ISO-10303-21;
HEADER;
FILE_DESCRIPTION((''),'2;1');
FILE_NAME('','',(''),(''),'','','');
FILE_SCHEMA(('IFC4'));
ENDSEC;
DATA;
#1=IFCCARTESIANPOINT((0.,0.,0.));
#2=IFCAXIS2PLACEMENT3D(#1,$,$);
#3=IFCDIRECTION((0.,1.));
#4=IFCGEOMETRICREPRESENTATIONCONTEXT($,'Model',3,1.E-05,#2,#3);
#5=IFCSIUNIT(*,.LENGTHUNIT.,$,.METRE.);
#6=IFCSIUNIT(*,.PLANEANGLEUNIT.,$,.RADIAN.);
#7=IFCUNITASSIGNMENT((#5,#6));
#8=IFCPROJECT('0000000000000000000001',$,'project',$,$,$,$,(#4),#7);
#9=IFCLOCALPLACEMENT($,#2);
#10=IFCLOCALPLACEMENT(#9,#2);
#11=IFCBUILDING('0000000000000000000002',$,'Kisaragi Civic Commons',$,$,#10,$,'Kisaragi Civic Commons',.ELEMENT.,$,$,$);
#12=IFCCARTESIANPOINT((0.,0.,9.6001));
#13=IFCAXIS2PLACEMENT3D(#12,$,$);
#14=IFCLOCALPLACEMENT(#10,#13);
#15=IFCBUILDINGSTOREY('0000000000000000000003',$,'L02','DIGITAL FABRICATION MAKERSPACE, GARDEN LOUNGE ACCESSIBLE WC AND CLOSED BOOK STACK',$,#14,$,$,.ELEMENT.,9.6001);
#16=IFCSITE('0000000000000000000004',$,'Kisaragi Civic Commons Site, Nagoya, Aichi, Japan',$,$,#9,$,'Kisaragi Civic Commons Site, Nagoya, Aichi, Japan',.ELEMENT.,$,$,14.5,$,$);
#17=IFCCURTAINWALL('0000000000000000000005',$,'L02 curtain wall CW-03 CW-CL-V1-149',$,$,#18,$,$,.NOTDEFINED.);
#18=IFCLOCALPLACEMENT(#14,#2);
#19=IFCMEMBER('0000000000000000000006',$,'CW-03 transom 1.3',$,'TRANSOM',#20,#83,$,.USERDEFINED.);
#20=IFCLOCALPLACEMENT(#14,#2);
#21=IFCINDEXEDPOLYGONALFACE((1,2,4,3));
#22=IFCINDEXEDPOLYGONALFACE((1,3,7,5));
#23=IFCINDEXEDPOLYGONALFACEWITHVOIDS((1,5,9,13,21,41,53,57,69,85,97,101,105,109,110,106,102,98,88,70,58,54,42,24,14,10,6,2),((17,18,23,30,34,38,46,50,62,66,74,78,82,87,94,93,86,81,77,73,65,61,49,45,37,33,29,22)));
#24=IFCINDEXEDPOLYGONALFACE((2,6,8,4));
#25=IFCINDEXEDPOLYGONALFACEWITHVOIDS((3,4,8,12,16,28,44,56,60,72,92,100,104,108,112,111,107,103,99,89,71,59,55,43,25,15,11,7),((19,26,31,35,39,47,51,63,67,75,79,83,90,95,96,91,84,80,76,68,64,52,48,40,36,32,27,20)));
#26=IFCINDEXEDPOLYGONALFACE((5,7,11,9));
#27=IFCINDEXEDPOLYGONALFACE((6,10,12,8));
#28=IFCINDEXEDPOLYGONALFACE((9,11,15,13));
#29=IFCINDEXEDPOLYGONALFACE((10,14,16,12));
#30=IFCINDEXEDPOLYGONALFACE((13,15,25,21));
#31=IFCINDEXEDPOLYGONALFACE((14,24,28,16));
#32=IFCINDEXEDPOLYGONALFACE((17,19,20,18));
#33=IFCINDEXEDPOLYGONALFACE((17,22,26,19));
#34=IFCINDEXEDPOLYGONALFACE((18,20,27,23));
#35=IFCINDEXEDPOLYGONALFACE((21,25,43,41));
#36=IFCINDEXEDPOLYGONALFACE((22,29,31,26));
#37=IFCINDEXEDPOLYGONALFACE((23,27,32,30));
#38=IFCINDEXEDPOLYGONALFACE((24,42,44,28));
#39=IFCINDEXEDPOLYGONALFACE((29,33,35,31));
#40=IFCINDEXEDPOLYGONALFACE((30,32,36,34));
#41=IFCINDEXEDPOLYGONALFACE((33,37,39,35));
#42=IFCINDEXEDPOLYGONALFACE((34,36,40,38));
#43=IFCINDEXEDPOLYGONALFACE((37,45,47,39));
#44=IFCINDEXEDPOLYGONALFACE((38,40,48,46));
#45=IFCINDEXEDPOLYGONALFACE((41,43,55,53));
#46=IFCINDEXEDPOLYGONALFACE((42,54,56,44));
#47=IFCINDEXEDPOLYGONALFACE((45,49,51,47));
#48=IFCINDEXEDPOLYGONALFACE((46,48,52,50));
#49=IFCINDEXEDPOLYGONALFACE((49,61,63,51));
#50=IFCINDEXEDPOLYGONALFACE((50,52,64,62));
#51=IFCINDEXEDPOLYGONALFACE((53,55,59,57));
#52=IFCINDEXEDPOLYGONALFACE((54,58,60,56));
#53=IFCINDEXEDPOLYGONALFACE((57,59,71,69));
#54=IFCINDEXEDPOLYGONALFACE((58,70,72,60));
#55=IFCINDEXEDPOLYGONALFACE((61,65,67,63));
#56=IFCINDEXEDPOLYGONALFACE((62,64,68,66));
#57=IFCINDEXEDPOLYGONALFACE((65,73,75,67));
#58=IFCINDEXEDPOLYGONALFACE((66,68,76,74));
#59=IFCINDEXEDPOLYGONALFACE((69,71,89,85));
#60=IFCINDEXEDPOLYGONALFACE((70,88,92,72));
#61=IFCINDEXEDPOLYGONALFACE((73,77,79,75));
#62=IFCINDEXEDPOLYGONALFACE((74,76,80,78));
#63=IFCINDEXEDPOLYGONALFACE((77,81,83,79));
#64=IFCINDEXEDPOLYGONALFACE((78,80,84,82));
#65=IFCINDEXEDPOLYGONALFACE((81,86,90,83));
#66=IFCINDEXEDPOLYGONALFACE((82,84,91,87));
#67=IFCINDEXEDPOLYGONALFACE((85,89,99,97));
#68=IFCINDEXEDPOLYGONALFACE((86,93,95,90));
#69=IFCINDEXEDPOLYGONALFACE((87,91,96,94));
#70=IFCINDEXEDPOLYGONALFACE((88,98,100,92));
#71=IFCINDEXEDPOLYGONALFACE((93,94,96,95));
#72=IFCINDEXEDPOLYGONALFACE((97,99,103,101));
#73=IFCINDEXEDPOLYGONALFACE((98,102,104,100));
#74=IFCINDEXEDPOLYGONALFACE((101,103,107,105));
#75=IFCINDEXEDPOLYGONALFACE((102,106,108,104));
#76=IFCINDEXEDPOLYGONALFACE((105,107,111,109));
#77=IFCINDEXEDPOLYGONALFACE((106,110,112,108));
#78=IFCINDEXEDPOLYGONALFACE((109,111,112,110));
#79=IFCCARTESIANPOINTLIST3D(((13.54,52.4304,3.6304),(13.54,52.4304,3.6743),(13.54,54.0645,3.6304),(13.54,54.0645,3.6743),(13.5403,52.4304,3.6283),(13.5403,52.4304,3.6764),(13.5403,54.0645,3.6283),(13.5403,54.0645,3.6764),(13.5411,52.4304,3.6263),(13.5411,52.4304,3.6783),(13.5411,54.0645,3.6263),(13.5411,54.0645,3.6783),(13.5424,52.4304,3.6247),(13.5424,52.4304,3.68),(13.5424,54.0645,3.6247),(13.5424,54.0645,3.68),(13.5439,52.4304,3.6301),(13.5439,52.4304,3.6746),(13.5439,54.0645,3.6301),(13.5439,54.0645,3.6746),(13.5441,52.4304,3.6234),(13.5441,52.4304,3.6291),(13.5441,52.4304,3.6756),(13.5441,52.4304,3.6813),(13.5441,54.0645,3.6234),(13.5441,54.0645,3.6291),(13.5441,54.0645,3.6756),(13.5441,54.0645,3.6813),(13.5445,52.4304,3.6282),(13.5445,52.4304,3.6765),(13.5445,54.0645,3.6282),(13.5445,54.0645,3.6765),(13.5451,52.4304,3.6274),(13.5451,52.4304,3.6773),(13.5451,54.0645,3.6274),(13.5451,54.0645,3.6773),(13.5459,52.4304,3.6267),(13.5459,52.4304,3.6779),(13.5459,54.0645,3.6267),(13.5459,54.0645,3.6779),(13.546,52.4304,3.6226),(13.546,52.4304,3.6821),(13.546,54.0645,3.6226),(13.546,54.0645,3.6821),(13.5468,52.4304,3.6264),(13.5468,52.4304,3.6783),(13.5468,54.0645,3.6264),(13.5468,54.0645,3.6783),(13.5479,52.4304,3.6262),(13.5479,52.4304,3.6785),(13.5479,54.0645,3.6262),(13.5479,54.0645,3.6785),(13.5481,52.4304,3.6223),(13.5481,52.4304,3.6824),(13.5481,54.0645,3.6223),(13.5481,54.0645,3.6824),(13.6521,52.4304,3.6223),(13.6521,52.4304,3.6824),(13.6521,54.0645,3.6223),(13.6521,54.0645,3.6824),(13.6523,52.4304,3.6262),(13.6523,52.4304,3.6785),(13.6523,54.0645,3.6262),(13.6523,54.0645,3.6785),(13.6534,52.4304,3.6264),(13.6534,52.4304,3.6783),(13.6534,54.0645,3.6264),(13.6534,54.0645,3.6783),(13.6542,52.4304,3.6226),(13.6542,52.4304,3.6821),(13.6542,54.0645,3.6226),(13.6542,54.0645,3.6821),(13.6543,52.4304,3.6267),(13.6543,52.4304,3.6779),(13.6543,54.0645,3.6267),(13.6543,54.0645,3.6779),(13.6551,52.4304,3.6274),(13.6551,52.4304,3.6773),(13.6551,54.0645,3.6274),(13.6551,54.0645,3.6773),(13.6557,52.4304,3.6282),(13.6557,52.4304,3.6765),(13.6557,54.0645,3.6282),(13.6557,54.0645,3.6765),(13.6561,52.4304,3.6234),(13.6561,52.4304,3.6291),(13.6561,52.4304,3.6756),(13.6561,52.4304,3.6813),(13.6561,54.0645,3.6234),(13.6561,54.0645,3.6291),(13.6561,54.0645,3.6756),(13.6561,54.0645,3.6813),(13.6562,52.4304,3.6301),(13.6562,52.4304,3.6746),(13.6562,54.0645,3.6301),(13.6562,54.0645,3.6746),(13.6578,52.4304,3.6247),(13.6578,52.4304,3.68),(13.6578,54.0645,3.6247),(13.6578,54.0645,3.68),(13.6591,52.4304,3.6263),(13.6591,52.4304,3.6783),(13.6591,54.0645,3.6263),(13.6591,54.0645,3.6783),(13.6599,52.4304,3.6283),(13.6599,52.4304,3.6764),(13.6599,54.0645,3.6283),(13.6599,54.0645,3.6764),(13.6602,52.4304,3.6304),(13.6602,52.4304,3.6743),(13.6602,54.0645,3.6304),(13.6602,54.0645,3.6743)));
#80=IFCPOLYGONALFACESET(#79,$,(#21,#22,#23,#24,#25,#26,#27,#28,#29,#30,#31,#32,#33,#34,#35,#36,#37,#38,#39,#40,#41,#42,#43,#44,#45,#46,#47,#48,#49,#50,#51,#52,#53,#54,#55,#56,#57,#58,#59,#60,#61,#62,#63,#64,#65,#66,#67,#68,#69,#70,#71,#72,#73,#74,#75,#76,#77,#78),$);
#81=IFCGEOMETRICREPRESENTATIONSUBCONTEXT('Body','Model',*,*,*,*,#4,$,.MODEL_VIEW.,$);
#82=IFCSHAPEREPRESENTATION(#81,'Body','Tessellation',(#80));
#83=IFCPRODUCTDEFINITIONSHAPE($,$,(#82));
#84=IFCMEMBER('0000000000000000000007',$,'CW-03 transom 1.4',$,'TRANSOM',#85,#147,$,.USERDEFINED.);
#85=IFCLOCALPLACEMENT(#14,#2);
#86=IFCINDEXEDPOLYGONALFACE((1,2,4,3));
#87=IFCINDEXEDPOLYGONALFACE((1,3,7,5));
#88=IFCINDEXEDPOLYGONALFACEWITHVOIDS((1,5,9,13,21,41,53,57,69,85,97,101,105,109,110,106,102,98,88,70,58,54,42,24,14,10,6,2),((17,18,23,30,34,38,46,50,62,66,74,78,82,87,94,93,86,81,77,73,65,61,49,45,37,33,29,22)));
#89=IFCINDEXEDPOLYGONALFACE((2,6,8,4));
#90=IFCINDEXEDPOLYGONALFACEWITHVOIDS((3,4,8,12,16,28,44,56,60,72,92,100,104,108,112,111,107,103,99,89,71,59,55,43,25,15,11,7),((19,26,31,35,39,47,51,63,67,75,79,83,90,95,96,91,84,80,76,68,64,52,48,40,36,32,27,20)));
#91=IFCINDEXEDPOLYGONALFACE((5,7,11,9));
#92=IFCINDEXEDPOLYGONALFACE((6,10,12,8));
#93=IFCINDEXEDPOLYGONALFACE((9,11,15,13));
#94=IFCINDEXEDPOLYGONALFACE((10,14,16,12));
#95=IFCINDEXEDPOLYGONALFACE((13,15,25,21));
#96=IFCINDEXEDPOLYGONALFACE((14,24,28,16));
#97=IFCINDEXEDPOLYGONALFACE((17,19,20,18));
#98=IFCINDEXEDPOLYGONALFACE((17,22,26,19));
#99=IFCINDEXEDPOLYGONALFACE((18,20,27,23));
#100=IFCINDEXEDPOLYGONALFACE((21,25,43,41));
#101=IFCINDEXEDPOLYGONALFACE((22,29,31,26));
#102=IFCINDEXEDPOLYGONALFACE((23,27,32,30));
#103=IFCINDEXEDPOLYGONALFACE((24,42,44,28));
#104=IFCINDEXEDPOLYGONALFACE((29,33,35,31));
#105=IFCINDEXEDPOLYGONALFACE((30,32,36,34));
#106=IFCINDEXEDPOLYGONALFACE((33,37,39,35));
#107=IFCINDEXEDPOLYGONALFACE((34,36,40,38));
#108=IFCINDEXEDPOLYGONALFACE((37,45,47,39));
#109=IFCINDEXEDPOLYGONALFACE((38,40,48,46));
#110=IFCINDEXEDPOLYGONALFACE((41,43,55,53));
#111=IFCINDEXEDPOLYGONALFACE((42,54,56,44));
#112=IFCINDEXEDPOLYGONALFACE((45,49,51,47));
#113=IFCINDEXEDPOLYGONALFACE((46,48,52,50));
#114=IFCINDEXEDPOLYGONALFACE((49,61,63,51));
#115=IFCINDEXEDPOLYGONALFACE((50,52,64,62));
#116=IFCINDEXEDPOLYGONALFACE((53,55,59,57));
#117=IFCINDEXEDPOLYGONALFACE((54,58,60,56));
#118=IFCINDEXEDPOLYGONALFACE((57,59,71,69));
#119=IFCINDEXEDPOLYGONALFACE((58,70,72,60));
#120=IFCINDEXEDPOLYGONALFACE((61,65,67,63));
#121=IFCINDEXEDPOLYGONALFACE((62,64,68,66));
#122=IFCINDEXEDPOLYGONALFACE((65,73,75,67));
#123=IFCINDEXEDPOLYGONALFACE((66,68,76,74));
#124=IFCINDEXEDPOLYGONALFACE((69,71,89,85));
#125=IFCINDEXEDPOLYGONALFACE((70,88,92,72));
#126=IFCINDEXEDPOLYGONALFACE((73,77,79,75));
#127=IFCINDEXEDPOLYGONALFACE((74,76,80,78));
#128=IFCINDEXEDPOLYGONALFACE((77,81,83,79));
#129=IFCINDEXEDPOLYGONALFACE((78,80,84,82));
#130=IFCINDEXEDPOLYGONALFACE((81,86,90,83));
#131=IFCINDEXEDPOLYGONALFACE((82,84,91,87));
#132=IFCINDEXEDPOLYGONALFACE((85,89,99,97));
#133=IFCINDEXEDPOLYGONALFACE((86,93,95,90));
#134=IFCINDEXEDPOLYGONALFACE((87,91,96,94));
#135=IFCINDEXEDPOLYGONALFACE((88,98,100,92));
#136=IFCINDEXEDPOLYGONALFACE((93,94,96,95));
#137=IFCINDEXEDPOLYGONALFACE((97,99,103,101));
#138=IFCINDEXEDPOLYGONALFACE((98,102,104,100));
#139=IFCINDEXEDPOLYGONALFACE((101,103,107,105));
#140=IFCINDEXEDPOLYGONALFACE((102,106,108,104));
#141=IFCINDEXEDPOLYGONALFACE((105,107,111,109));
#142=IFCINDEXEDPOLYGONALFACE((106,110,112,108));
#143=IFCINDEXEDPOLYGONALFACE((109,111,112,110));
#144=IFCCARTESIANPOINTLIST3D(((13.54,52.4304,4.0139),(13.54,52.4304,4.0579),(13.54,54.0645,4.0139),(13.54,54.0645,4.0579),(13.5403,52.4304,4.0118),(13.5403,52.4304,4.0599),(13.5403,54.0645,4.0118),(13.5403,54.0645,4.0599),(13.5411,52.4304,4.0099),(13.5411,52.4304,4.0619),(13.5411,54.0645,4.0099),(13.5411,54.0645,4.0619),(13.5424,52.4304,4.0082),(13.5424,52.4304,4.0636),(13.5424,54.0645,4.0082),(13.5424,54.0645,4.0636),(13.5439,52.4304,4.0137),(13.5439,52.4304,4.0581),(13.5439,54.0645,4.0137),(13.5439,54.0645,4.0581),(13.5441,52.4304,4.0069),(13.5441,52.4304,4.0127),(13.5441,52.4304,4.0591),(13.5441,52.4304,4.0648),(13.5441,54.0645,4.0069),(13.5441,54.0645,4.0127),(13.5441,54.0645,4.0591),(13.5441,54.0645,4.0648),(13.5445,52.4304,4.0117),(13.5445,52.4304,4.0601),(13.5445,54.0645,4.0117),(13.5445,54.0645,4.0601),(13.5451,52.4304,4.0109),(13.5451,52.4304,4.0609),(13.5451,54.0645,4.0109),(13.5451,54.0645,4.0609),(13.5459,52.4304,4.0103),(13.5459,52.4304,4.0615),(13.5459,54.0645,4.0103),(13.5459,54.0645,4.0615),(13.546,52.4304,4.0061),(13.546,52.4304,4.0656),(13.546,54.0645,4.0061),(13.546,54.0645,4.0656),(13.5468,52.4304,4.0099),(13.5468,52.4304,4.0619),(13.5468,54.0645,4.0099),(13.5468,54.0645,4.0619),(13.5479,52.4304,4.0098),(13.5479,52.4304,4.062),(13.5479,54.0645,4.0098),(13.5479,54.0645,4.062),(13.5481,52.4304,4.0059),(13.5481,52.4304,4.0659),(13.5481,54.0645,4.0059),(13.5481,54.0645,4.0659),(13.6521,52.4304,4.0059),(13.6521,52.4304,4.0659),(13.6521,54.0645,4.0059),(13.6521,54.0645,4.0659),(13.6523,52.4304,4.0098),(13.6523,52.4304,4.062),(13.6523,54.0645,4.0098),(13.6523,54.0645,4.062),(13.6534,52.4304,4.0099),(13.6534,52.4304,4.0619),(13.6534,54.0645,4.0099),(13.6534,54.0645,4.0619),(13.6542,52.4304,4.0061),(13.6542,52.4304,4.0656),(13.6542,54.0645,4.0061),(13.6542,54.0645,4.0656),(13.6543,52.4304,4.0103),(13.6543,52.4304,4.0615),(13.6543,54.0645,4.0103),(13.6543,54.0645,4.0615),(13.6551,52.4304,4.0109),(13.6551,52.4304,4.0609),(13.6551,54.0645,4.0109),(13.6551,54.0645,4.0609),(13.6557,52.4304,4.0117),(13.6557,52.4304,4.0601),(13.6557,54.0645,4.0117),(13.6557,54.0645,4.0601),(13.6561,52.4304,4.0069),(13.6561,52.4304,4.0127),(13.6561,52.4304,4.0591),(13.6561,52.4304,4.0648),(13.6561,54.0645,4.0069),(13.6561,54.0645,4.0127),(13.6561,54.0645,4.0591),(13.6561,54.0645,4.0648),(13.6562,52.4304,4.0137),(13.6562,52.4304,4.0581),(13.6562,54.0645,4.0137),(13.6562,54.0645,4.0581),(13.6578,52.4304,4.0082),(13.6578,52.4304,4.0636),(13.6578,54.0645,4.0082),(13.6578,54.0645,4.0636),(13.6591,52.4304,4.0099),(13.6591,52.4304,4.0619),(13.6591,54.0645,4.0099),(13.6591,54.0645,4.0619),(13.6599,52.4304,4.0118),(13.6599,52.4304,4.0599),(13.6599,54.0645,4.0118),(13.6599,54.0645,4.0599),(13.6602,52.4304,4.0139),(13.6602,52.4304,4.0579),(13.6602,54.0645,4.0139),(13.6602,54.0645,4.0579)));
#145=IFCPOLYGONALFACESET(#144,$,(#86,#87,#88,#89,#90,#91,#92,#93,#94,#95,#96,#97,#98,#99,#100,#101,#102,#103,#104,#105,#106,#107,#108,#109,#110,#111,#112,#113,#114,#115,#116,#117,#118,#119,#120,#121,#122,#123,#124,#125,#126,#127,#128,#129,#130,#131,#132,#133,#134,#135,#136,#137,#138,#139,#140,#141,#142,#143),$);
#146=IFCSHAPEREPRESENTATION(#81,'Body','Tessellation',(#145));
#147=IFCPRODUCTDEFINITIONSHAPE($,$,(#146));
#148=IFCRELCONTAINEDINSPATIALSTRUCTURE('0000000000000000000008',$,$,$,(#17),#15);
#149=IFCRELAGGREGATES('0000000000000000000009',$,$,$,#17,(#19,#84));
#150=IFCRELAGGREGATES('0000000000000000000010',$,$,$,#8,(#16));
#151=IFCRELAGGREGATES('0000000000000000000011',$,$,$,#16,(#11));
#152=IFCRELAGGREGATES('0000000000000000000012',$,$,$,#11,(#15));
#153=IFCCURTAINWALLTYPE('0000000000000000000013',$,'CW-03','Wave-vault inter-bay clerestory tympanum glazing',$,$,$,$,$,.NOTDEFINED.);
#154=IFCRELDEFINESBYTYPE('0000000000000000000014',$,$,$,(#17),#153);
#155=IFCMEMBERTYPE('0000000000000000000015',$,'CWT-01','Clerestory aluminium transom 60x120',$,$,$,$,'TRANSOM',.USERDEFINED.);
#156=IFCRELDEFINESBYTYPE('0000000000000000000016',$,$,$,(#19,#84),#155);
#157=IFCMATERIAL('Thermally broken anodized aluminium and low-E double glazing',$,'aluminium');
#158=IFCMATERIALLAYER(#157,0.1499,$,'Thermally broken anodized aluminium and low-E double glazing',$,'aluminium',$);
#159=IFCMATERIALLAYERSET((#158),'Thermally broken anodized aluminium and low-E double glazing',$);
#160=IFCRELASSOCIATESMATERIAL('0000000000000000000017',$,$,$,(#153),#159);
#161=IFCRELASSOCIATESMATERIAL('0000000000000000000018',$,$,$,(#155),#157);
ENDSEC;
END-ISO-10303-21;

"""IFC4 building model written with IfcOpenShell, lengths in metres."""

from ifc_helpers import new_model, si_unit, direction, frame, origin, origin_2d, place, context, subcontext, project, spatial, hollow_rectangle, extrude, material, layer, layer_set, material_profile, profile_set, type_object, element, aggregate, save


model = new_model("IFC4")

# Units and contexts
model_context = context("Model", 3, precision=1e-05, world=origin(), true_north=direction((0.0, 1.0)))
body_context = subcontext(model_context, "Body", "Model", "MODEL_VIEW")
ifc_project = project(units=[si_unit("LENGTHUNIT", "METRE"), si_unit("PLANEANGLEUNIT", "RADIAN")], contexts=[model_context])

# Site, building, storey
site_placement = place(None, origin())
site = spatial("IfcSite", under=ifc_project, at=site_placement, Name="Kisaragi Civic Commons Site, Nagoya, Aichi, Japan", LongName="Kisaragi Civic Commons Site, Nagoya, Aichi, Japan", CompositionType="ELEMENT", RefElevation=14.5)
building_placement = place(site_placement, origin())
building = spatial("IfcBuilding", under=site, at=building_placement, Name="Kisaragi Civic Commons", LongName="Kisaragi Civic Commons", CompositionType="ELEMENT")
storey_placement = place(building_placement, frame((0.0, 0.0, 9.6001)))
storey = spatial("IfcBuildingStorey", under=building, at=storey_placement, Name="L02", Description="DIGITAL FABRICATION MAKERSPACE, GARDEN LOUNGE ACCESSIBLE WC AND CLOSED BOOK STACK", CompositionType="ELEMENT", Elevation=9.6001)

# Curtain wall
ifc_material_1 = material(Name="Thermally broken anodized aluminium and low-E double glazing", Category="aluminium")
ifc_layer_1 = layer(ifc_material_1, 0.1499, Name="Thermally broken anodized aluminium and low-E double glazing", Category="aluminium")
ifc_layer_set_1 = layer_set([ifc_layer_1], Name="Thermally broken anodized aluminium and low-E double glazing")
curtain_wall_type = type_object("IfcCurtainWallType", Name="CW-03", Description="Wave-vault inter-bay clerestory tympanum glazing", PredefinedType="NOTDEFINED", material=ifc_layer_set_1)
curtain_wall_1_placement = place(storey_placement, origin())
curtain_wall_1 = element("IfcCurtainWall", 1, at=curtain_wall_1_placement, inside=storey, type_object=curtain_wall_type, Name="L02 curtain wall CW-03 CW-CL-V1-149", PredefinedType="NOTDEFINED")

# Members
ifc_material_profile_1 = material_profile(ifc_material_1, hollow_rectangle(XDim=0.1201, YDim=0.0601, WallThickness=0.0039, InnerFilletRadius=0.0039, OuterFilletRadius=0.0081, at=origin_2d()), Name="CWT-60x120x4", Category="aluminium")
ifc_profile_set_1 = profile_set([ifc_material_profile_1], Name="Thermally broken anodized aluminium and low-E double glazing")
member_type_1 = type_object("IfcMemberType", Name="CWT-01", Description="Clerestory aluminium transom 60x120", ElementType="TRANSOM", PredefinedType="USERDEFINED", material=ifc_profile_set_1)
member_1_placement = place(storey_placement, frame((13.6001, 52.4304, 3.6523), z_axis=(0.0, 1.0, 0.0), x_axis=(-1.0, 0.0, 0.0)))
member_1 = element("IfcMember", 2, at=member_1_placement, type_object=member_type_1, Name="CW-03 transom 1.3", ObjectType="TRANSOM", PredefinedType="USERDEFINED", context=body_context, shape_type="SweptSolid", body=[
    extrude(hollow_rectangle(XDim=0.1201, YDim=0.0601, WallThickness=0.0039, InnerFilletRadius=0.0039, OuterFilletRadius=0.0081, at=origin_2d()), origin(), (0.0, 0.0, 1.0), 1.634),
])
member_2_placement = place(storey_placement, frame((13.6001, 52.4304, 4.0359), z_axis=(0.0, 1.0, 0.0), x_axis=(-1.0, 0.0, 0.0)))
member_2 = element("IfcMember", 3, at=member_2_placement, type_object=member_type_1, Name="CW-03 transom 1.4", ObjectType="TRANSOM", PredefinedType="USERDEFINED", context=body_context, shape_type="SweptSolid", body=[
    extrude(hollow_rectangle(XDim=0.1201, YDim=0.0601, WallThickness=0.0039, InnerFilletRadius=0.0039, OuterFilletRadius=0.0081, at=origin_2d()), origin(), (0.0, 0.0, 1.0), 1.634),
])

aggregate(curtain_wall_1, [member_1, member_2])

save(model, "model.ifc")
